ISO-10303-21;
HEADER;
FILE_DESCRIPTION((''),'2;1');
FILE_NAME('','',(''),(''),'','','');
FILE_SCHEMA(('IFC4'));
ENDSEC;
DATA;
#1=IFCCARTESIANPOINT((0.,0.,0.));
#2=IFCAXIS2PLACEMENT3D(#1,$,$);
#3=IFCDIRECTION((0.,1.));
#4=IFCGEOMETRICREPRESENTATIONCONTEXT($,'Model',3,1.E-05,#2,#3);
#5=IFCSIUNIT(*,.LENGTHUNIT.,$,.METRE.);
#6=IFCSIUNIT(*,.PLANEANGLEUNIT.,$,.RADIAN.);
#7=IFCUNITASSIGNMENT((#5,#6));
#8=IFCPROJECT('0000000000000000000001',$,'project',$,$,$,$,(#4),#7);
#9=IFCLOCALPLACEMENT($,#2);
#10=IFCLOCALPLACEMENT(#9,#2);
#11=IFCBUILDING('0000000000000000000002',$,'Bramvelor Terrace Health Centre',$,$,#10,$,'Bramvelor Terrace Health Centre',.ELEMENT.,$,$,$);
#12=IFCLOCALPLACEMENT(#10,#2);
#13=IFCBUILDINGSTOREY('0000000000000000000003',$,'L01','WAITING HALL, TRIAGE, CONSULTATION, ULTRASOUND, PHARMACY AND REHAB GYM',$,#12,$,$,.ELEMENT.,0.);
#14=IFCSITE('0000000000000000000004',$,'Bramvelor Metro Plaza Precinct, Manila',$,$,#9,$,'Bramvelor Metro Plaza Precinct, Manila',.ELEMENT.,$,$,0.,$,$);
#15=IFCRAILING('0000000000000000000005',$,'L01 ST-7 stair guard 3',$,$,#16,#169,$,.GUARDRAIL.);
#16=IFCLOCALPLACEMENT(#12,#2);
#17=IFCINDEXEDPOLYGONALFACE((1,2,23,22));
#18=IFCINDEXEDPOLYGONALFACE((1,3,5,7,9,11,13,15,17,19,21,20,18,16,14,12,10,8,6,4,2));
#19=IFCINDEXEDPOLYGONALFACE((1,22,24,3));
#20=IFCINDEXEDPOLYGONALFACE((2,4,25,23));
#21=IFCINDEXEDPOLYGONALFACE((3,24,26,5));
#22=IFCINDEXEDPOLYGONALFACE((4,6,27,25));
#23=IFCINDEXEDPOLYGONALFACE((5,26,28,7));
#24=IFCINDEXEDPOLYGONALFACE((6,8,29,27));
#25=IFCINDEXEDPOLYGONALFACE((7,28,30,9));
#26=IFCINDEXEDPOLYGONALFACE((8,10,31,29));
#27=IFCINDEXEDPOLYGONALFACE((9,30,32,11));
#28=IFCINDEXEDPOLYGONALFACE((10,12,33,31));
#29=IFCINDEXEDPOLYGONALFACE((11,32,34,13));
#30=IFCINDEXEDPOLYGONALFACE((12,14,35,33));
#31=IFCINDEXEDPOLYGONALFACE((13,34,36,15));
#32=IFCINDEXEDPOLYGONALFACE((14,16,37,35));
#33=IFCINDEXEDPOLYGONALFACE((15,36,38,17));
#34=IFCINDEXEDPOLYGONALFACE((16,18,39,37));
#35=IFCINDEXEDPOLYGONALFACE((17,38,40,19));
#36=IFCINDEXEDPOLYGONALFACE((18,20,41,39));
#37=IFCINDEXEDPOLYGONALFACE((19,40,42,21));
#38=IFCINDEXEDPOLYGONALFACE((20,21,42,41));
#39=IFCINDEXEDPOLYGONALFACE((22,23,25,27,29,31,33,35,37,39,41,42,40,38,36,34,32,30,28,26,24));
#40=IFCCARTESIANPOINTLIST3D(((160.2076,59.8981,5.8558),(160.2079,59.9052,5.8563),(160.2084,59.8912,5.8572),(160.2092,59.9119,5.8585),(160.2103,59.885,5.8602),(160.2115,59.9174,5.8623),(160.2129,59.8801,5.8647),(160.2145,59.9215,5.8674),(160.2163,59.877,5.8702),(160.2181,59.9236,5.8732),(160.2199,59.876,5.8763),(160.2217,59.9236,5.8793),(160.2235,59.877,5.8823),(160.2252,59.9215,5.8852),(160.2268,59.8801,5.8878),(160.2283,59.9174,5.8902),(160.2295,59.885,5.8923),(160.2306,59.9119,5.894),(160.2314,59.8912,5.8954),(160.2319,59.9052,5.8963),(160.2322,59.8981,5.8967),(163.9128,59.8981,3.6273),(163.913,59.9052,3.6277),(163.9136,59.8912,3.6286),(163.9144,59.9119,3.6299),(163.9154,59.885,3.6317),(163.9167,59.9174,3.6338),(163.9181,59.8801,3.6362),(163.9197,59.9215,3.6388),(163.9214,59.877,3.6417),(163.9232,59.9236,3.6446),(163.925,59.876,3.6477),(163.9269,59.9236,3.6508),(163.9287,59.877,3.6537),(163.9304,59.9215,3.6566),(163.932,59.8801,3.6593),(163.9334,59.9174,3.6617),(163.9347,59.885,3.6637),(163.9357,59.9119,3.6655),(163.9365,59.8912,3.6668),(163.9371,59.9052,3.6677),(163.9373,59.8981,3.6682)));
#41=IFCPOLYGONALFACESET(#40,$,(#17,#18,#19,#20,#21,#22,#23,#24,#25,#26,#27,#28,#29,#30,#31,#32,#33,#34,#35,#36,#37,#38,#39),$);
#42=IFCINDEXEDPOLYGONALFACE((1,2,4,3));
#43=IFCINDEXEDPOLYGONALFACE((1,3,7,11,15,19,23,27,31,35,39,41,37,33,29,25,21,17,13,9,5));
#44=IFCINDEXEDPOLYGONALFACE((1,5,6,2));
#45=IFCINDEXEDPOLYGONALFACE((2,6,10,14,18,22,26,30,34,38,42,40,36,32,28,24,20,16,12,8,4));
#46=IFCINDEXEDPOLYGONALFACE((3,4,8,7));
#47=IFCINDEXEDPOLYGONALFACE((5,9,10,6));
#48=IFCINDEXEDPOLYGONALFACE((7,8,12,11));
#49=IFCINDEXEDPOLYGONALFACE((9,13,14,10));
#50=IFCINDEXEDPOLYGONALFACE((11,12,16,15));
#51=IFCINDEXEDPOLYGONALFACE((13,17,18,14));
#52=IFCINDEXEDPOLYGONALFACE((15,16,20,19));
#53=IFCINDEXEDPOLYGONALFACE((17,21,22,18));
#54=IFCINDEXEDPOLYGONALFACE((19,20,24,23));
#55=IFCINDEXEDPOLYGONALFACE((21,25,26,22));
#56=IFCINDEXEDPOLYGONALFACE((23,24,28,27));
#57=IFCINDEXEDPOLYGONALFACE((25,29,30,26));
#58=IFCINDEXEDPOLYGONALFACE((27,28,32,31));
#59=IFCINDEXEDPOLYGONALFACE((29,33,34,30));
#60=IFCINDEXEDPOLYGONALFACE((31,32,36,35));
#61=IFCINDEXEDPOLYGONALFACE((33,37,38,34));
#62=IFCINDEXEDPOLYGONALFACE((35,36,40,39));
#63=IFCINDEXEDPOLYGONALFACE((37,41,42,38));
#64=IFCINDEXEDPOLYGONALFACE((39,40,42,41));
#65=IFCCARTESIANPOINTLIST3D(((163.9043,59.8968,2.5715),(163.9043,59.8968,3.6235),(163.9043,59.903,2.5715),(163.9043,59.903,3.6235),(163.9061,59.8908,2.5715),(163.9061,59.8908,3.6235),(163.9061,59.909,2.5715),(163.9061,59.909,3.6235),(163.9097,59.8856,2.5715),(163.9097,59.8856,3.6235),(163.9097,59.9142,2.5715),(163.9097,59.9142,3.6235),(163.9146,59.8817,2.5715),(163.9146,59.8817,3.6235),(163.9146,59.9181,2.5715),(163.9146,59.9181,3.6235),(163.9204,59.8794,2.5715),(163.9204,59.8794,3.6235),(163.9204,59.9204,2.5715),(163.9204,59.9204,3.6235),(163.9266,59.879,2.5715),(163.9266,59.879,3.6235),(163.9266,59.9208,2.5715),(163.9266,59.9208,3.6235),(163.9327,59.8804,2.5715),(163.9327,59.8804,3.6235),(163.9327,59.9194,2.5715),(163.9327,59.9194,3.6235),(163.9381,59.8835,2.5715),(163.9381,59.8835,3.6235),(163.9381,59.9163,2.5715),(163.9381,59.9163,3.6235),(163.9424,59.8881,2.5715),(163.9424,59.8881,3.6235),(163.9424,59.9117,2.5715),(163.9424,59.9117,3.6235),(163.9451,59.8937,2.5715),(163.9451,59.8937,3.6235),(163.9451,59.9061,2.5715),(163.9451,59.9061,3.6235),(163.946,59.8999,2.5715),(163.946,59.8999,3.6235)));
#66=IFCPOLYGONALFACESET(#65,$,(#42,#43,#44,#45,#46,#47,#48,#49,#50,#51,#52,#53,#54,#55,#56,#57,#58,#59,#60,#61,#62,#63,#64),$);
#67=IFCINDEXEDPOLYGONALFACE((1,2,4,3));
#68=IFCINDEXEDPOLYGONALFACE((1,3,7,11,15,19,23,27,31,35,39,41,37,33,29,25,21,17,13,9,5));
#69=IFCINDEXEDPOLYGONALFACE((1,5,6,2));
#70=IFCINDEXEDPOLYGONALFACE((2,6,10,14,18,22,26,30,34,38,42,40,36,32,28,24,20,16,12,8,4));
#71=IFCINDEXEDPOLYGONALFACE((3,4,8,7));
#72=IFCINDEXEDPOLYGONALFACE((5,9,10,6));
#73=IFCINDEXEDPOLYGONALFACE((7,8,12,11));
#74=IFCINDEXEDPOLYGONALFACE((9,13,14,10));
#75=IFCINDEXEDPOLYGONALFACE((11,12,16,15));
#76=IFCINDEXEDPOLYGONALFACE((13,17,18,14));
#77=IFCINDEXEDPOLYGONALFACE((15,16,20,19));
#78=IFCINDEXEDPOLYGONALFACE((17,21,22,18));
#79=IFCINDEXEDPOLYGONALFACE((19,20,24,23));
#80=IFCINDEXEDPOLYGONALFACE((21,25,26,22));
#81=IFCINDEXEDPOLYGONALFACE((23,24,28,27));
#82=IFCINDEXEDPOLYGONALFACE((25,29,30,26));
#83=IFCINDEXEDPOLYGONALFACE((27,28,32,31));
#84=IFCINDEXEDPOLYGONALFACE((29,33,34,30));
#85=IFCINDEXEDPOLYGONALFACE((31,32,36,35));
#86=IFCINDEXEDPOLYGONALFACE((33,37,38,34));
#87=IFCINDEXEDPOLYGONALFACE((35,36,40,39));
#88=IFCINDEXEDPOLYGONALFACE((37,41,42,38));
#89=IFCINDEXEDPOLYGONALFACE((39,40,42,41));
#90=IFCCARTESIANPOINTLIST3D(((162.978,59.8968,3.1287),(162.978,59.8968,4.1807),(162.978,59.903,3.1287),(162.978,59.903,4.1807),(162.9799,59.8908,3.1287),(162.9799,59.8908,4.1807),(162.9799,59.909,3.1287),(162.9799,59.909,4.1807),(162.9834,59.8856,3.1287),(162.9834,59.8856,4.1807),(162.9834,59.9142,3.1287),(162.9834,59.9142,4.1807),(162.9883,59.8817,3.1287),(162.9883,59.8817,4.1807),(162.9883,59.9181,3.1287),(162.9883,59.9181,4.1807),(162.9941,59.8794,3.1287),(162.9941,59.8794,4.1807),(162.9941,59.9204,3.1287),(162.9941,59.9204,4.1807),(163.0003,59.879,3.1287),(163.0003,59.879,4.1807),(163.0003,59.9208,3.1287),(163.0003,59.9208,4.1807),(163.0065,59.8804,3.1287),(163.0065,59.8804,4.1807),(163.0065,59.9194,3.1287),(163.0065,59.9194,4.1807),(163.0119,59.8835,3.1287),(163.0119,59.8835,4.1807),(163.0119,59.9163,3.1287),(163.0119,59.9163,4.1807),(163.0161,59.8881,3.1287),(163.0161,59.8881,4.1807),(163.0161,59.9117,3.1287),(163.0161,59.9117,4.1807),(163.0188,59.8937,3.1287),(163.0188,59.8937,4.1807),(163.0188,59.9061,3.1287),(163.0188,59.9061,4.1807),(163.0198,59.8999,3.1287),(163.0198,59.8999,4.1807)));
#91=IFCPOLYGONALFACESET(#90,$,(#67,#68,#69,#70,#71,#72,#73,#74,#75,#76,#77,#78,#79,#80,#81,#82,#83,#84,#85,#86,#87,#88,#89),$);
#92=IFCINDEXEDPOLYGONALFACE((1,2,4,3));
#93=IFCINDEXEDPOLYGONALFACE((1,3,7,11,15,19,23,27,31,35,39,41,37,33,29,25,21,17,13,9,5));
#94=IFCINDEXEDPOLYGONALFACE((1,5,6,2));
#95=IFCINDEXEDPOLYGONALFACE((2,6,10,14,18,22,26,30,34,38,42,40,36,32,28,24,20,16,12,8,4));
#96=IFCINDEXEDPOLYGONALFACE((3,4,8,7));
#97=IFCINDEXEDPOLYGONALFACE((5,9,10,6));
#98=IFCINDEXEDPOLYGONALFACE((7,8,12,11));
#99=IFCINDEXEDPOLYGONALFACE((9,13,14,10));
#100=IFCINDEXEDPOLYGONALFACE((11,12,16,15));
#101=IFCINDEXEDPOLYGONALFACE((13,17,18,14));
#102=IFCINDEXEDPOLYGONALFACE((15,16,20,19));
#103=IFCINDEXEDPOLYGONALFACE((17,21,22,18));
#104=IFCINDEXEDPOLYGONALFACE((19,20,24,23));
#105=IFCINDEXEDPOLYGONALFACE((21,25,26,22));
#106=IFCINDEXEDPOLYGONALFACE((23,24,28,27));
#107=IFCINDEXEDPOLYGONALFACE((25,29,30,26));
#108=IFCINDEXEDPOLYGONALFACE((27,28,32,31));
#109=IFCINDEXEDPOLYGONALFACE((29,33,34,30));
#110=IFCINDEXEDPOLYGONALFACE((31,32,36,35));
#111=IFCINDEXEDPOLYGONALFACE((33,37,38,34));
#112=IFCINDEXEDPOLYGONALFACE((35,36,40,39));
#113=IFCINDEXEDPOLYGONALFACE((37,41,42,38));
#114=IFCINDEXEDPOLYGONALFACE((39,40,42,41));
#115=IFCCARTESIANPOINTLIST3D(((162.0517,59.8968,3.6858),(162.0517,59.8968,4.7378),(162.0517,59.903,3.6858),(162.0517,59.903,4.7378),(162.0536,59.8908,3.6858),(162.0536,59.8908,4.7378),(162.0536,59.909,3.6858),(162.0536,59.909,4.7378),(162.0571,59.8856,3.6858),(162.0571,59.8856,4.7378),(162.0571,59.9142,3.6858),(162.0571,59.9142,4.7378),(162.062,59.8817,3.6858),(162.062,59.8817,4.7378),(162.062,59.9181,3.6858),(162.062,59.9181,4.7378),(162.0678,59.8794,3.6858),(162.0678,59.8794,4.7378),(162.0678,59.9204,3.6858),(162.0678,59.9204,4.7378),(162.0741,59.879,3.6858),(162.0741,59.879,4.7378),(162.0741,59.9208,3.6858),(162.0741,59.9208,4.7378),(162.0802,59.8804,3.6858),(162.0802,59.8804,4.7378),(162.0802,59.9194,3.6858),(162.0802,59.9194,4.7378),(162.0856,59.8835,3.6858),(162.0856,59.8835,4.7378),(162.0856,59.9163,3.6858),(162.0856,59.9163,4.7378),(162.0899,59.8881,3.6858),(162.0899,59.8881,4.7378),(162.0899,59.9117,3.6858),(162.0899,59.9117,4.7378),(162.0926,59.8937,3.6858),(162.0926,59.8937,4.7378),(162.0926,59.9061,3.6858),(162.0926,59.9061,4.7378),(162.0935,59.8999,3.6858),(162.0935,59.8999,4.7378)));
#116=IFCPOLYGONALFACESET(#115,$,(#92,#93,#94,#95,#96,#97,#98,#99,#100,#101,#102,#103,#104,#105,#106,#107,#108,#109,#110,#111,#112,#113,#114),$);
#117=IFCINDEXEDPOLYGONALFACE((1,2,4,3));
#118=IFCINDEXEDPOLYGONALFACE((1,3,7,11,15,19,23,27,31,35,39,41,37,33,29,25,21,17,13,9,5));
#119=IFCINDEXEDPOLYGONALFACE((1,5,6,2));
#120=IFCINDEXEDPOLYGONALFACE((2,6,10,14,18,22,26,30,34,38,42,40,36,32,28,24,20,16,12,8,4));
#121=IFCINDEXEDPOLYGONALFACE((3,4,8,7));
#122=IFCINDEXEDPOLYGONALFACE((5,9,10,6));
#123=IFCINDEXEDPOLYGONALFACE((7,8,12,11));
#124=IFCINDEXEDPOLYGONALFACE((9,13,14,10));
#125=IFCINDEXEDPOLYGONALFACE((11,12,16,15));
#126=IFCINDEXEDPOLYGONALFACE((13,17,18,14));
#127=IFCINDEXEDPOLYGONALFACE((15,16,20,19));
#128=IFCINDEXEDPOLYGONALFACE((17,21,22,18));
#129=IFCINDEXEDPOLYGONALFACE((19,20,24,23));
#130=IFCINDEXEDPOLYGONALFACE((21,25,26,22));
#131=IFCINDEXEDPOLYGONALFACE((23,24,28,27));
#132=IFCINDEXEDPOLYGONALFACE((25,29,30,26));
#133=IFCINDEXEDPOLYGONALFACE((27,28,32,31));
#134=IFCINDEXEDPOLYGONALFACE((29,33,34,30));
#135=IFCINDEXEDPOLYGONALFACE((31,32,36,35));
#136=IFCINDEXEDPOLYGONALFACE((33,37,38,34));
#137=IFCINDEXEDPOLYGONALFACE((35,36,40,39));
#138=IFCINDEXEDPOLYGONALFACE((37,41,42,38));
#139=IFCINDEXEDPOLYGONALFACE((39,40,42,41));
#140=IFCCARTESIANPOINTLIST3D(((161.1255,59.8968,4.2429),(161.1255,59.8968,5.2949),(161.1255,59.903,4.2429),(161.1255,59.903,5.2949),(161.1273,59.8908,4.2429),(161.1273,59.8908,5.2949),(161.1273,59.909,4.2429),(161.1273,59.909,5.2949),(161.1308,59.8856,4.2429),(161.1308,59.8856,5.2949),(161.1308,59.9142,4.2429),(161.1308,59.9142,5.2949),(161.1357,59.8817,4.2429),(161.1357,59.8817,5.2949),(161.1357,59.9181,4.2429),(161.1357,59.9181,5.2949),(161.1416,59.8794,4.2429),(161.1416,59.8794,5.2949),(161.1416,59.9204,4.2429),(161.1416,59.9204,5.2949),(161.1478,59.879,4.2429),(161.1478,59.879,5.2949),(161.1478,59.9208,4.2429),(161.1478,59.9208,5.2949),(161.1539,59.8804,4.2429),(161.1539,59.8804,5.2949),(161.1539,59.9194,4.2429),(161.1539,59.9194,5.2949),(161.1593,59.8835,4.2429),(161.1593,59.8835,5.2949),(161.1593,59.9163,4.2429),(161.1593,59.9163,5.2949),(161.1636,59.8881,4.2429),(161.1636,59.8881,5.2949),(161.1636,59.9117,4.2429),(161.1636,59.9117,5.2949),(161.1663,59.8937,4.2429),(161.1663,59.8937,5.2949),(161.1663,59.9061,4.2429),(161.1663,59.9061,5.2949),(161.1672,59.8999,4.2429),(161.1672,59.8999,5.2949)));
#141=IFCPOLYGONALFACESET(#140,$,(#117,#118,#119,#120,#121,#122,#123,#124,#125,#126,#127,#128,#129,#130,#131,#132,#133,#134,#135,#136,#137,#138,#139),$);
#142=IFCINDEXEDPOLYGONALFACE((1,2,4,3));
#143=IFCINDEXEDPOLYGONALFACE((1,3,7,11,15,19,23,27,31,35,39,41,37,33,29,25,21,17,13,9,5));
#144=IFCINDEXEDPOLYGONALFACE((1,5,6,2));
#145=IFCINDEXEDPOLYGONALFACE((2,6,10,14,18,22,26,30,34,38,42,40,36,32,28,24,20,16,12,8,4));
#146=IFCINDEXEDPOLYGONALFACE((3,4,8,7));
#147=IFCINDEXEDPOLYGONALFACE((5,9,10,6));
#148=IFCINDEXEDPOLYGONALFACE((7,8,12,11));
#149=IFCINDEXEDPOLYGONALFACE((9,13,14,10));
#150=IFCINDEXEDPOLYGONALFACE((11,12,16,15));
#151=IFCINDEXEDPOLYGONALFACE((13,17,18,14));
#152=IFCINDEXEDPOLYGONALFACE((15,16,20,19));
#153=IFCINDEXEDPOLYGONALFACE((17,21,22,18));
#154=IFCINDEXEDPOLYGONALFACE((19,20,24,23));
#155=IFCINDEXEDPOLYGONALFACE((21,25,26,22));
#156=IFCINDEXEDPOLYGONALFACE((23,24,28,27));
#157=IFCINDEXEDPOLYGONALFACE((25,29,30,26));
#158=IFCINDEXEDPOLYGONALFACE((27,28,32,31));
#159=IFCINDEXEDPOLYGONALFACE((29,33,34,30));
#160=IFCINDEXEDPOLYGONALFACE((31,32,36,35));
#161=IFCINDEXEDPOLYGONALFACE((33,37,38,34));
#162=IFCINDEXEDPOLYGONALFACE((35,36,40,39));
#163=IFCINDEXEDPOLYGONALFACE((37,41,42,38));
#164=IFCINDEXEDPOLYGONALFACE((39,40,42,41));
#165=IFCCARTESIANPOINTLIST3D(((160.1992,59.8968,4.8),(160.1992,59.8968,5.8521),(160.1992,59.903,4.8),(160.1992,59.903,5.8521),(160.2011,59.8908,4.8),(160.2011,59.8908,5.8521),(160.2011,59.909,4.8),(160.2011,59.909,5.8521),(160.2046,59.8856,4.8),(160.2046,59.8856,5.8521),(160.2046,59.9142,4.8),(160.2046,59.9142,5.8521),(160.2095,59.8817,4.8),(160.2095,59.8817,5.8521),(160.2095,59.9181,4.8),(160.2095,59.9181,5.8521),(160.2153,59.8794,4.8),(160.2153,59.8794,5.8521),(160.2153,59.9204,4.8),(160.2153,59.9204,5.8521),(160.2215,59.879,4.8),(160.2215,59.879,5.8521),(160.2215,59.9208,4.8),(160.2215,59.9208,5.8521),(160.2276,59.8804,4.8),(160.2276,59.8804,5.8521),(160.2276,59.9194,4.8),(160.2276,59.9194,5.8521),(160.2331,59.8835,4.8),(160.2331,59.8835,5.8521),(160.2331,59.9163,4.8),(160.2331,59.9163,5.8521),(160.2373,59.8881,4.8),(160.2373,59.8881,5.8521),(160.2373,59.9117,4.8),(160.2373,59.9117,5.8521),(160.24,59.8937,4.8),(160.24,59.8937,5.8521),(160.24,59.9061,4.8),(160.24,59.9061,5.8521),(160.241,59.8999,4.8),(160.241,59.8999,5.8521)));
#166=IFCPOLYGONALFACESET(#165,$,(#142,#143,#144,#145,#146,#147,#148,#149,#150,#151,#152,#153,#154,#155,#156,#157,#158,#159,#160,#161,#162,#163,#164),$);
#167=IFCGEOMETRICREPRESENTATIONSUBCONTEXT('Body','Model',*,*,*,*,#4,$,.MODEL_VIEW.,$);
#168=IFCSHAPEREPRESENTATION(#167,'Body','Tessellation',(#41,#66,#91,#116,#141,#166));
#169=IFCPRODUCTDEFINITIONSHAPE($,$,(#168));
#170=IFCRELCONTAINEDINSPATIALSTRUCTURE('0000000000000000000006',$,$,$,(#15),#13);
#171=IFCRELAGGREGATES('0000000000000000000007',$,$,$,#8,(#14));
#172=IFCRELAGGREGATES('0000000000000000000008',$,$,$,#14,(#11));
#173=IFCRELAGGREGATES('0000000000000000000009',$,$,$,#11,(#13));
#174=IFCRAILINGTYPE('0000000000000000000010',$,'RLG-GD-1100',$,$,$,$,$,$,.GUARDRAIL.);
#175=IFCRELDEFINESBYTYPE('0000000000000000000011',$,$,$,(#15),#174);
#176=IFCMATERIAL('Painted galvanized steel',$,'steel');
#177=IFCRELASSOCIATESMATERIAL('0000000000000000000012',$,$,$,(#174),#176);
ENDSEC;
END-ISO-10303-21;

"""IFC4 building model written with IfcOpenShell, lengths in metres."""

from ifc_helpers import new_model, si_unit, direction, frame, origin, origin_2d, place, context, subcontext, project, spatial, circle, extrude, material, type_object, element, save


model = new_model("IFC4")

# Units and contexts
model_context = context("Model", 3, precision=1e-05, world=origin(), true_north=direction((0.0, 1.0)))
body_context = subcontext(model_context, "Body", "Model", "MODEL_VIEW")
ifc_project = project(units=[si_unit("LENGTHUNIT", "METRE"), si_unit("PLANEANGLEUNIT", "RADIAN")], contexts=[model_context])

# Site, building, storey
site_placement = place(None, origin())
site = spatial("IfcSite", under=ifc_project, at=site_placement, Name="Bramvelor Metro Plaza Precinct, Manila", LongName="Bramvelor Metro Plaza Precinct, Manila", CompositionType="ELEMENT", RefElevation=0.0)
building_placement = place(site_placement, origin())
building = spatial("IfcBuilding", under=site, at=building_placement, Name="Bramvelor Terrace Health Centre", LongName="Bramvelor Terrace Health Centre", CompositionType="ELEMENT")
storey_placement = place(building_placement, origin())
storey = spatial("IfcBuildingStorey", under=building, at=storey_placement, Name="L01", Description="WAITING HALL, TRIAGE, CONSULTATION, ULTRASOUND, PHARMACY AND REHAB GYM", CompositionType="ELEMENT", Elevation=0.0)

# Railing
ifc_material_1 = material(Name="Painted galvanized steel", Category="steel")
railing_type_1 = type_object("IfcRailingType", Name="RLG-GD-1100", PredefinedType="GUARDRAIL", material=ifc_material_1)
railing_1_placement = place(storey_placement, frame((163.925, 59.8999, 2.5715)))
element("IfcRailing", 1, at=railing_1_placement, inside=storey, type_object=railing_type_1, Name="L01 ST-7 stair guard 3", PredefinedType="GUARDRAIL", context=body_context, shape_type="SweptSolid", body=[
    extrude(circle(Radius=0.0239, at=origin_2d()), frame((0.0, 0.0, 1.0762), z_axis=(-0.856934, 0.0, 0.515425), x_axis=(0.0, -1.0, 0.0)), (0.0, 0.0, 1.0), 4.3237),
    extrude(circle(Radius=0.021, at=origin_2d()), origin(), (0.0, 0.0, 1.0), 1.052),
    extrude(circle(Radius=0.021, at=origin_2d()), frame((-0.9263, 0.0, 0.5571)), (0.0, 0.0, 1.0), 1.052),
    extrude(circle(Radius=0.021, at=origin_2d()), frame((-1.8525, 0.0, 1.1143)), (0.0, 0.0, 1.0), 1.052),
    extrude(circle(Radius=0.021, at=origin_2d()), frame((-2.7788, 0.0, 1.6714)), (0.0, 0.0, 1.0), 1.052),
    extrude(circle(Radius=0.021, at=origin_2d()), frame((-3.7051, 0.0, 2.2285)), (0.0, 0.0, 1.0), 1.052),
])

save(model, "model.ifc")
